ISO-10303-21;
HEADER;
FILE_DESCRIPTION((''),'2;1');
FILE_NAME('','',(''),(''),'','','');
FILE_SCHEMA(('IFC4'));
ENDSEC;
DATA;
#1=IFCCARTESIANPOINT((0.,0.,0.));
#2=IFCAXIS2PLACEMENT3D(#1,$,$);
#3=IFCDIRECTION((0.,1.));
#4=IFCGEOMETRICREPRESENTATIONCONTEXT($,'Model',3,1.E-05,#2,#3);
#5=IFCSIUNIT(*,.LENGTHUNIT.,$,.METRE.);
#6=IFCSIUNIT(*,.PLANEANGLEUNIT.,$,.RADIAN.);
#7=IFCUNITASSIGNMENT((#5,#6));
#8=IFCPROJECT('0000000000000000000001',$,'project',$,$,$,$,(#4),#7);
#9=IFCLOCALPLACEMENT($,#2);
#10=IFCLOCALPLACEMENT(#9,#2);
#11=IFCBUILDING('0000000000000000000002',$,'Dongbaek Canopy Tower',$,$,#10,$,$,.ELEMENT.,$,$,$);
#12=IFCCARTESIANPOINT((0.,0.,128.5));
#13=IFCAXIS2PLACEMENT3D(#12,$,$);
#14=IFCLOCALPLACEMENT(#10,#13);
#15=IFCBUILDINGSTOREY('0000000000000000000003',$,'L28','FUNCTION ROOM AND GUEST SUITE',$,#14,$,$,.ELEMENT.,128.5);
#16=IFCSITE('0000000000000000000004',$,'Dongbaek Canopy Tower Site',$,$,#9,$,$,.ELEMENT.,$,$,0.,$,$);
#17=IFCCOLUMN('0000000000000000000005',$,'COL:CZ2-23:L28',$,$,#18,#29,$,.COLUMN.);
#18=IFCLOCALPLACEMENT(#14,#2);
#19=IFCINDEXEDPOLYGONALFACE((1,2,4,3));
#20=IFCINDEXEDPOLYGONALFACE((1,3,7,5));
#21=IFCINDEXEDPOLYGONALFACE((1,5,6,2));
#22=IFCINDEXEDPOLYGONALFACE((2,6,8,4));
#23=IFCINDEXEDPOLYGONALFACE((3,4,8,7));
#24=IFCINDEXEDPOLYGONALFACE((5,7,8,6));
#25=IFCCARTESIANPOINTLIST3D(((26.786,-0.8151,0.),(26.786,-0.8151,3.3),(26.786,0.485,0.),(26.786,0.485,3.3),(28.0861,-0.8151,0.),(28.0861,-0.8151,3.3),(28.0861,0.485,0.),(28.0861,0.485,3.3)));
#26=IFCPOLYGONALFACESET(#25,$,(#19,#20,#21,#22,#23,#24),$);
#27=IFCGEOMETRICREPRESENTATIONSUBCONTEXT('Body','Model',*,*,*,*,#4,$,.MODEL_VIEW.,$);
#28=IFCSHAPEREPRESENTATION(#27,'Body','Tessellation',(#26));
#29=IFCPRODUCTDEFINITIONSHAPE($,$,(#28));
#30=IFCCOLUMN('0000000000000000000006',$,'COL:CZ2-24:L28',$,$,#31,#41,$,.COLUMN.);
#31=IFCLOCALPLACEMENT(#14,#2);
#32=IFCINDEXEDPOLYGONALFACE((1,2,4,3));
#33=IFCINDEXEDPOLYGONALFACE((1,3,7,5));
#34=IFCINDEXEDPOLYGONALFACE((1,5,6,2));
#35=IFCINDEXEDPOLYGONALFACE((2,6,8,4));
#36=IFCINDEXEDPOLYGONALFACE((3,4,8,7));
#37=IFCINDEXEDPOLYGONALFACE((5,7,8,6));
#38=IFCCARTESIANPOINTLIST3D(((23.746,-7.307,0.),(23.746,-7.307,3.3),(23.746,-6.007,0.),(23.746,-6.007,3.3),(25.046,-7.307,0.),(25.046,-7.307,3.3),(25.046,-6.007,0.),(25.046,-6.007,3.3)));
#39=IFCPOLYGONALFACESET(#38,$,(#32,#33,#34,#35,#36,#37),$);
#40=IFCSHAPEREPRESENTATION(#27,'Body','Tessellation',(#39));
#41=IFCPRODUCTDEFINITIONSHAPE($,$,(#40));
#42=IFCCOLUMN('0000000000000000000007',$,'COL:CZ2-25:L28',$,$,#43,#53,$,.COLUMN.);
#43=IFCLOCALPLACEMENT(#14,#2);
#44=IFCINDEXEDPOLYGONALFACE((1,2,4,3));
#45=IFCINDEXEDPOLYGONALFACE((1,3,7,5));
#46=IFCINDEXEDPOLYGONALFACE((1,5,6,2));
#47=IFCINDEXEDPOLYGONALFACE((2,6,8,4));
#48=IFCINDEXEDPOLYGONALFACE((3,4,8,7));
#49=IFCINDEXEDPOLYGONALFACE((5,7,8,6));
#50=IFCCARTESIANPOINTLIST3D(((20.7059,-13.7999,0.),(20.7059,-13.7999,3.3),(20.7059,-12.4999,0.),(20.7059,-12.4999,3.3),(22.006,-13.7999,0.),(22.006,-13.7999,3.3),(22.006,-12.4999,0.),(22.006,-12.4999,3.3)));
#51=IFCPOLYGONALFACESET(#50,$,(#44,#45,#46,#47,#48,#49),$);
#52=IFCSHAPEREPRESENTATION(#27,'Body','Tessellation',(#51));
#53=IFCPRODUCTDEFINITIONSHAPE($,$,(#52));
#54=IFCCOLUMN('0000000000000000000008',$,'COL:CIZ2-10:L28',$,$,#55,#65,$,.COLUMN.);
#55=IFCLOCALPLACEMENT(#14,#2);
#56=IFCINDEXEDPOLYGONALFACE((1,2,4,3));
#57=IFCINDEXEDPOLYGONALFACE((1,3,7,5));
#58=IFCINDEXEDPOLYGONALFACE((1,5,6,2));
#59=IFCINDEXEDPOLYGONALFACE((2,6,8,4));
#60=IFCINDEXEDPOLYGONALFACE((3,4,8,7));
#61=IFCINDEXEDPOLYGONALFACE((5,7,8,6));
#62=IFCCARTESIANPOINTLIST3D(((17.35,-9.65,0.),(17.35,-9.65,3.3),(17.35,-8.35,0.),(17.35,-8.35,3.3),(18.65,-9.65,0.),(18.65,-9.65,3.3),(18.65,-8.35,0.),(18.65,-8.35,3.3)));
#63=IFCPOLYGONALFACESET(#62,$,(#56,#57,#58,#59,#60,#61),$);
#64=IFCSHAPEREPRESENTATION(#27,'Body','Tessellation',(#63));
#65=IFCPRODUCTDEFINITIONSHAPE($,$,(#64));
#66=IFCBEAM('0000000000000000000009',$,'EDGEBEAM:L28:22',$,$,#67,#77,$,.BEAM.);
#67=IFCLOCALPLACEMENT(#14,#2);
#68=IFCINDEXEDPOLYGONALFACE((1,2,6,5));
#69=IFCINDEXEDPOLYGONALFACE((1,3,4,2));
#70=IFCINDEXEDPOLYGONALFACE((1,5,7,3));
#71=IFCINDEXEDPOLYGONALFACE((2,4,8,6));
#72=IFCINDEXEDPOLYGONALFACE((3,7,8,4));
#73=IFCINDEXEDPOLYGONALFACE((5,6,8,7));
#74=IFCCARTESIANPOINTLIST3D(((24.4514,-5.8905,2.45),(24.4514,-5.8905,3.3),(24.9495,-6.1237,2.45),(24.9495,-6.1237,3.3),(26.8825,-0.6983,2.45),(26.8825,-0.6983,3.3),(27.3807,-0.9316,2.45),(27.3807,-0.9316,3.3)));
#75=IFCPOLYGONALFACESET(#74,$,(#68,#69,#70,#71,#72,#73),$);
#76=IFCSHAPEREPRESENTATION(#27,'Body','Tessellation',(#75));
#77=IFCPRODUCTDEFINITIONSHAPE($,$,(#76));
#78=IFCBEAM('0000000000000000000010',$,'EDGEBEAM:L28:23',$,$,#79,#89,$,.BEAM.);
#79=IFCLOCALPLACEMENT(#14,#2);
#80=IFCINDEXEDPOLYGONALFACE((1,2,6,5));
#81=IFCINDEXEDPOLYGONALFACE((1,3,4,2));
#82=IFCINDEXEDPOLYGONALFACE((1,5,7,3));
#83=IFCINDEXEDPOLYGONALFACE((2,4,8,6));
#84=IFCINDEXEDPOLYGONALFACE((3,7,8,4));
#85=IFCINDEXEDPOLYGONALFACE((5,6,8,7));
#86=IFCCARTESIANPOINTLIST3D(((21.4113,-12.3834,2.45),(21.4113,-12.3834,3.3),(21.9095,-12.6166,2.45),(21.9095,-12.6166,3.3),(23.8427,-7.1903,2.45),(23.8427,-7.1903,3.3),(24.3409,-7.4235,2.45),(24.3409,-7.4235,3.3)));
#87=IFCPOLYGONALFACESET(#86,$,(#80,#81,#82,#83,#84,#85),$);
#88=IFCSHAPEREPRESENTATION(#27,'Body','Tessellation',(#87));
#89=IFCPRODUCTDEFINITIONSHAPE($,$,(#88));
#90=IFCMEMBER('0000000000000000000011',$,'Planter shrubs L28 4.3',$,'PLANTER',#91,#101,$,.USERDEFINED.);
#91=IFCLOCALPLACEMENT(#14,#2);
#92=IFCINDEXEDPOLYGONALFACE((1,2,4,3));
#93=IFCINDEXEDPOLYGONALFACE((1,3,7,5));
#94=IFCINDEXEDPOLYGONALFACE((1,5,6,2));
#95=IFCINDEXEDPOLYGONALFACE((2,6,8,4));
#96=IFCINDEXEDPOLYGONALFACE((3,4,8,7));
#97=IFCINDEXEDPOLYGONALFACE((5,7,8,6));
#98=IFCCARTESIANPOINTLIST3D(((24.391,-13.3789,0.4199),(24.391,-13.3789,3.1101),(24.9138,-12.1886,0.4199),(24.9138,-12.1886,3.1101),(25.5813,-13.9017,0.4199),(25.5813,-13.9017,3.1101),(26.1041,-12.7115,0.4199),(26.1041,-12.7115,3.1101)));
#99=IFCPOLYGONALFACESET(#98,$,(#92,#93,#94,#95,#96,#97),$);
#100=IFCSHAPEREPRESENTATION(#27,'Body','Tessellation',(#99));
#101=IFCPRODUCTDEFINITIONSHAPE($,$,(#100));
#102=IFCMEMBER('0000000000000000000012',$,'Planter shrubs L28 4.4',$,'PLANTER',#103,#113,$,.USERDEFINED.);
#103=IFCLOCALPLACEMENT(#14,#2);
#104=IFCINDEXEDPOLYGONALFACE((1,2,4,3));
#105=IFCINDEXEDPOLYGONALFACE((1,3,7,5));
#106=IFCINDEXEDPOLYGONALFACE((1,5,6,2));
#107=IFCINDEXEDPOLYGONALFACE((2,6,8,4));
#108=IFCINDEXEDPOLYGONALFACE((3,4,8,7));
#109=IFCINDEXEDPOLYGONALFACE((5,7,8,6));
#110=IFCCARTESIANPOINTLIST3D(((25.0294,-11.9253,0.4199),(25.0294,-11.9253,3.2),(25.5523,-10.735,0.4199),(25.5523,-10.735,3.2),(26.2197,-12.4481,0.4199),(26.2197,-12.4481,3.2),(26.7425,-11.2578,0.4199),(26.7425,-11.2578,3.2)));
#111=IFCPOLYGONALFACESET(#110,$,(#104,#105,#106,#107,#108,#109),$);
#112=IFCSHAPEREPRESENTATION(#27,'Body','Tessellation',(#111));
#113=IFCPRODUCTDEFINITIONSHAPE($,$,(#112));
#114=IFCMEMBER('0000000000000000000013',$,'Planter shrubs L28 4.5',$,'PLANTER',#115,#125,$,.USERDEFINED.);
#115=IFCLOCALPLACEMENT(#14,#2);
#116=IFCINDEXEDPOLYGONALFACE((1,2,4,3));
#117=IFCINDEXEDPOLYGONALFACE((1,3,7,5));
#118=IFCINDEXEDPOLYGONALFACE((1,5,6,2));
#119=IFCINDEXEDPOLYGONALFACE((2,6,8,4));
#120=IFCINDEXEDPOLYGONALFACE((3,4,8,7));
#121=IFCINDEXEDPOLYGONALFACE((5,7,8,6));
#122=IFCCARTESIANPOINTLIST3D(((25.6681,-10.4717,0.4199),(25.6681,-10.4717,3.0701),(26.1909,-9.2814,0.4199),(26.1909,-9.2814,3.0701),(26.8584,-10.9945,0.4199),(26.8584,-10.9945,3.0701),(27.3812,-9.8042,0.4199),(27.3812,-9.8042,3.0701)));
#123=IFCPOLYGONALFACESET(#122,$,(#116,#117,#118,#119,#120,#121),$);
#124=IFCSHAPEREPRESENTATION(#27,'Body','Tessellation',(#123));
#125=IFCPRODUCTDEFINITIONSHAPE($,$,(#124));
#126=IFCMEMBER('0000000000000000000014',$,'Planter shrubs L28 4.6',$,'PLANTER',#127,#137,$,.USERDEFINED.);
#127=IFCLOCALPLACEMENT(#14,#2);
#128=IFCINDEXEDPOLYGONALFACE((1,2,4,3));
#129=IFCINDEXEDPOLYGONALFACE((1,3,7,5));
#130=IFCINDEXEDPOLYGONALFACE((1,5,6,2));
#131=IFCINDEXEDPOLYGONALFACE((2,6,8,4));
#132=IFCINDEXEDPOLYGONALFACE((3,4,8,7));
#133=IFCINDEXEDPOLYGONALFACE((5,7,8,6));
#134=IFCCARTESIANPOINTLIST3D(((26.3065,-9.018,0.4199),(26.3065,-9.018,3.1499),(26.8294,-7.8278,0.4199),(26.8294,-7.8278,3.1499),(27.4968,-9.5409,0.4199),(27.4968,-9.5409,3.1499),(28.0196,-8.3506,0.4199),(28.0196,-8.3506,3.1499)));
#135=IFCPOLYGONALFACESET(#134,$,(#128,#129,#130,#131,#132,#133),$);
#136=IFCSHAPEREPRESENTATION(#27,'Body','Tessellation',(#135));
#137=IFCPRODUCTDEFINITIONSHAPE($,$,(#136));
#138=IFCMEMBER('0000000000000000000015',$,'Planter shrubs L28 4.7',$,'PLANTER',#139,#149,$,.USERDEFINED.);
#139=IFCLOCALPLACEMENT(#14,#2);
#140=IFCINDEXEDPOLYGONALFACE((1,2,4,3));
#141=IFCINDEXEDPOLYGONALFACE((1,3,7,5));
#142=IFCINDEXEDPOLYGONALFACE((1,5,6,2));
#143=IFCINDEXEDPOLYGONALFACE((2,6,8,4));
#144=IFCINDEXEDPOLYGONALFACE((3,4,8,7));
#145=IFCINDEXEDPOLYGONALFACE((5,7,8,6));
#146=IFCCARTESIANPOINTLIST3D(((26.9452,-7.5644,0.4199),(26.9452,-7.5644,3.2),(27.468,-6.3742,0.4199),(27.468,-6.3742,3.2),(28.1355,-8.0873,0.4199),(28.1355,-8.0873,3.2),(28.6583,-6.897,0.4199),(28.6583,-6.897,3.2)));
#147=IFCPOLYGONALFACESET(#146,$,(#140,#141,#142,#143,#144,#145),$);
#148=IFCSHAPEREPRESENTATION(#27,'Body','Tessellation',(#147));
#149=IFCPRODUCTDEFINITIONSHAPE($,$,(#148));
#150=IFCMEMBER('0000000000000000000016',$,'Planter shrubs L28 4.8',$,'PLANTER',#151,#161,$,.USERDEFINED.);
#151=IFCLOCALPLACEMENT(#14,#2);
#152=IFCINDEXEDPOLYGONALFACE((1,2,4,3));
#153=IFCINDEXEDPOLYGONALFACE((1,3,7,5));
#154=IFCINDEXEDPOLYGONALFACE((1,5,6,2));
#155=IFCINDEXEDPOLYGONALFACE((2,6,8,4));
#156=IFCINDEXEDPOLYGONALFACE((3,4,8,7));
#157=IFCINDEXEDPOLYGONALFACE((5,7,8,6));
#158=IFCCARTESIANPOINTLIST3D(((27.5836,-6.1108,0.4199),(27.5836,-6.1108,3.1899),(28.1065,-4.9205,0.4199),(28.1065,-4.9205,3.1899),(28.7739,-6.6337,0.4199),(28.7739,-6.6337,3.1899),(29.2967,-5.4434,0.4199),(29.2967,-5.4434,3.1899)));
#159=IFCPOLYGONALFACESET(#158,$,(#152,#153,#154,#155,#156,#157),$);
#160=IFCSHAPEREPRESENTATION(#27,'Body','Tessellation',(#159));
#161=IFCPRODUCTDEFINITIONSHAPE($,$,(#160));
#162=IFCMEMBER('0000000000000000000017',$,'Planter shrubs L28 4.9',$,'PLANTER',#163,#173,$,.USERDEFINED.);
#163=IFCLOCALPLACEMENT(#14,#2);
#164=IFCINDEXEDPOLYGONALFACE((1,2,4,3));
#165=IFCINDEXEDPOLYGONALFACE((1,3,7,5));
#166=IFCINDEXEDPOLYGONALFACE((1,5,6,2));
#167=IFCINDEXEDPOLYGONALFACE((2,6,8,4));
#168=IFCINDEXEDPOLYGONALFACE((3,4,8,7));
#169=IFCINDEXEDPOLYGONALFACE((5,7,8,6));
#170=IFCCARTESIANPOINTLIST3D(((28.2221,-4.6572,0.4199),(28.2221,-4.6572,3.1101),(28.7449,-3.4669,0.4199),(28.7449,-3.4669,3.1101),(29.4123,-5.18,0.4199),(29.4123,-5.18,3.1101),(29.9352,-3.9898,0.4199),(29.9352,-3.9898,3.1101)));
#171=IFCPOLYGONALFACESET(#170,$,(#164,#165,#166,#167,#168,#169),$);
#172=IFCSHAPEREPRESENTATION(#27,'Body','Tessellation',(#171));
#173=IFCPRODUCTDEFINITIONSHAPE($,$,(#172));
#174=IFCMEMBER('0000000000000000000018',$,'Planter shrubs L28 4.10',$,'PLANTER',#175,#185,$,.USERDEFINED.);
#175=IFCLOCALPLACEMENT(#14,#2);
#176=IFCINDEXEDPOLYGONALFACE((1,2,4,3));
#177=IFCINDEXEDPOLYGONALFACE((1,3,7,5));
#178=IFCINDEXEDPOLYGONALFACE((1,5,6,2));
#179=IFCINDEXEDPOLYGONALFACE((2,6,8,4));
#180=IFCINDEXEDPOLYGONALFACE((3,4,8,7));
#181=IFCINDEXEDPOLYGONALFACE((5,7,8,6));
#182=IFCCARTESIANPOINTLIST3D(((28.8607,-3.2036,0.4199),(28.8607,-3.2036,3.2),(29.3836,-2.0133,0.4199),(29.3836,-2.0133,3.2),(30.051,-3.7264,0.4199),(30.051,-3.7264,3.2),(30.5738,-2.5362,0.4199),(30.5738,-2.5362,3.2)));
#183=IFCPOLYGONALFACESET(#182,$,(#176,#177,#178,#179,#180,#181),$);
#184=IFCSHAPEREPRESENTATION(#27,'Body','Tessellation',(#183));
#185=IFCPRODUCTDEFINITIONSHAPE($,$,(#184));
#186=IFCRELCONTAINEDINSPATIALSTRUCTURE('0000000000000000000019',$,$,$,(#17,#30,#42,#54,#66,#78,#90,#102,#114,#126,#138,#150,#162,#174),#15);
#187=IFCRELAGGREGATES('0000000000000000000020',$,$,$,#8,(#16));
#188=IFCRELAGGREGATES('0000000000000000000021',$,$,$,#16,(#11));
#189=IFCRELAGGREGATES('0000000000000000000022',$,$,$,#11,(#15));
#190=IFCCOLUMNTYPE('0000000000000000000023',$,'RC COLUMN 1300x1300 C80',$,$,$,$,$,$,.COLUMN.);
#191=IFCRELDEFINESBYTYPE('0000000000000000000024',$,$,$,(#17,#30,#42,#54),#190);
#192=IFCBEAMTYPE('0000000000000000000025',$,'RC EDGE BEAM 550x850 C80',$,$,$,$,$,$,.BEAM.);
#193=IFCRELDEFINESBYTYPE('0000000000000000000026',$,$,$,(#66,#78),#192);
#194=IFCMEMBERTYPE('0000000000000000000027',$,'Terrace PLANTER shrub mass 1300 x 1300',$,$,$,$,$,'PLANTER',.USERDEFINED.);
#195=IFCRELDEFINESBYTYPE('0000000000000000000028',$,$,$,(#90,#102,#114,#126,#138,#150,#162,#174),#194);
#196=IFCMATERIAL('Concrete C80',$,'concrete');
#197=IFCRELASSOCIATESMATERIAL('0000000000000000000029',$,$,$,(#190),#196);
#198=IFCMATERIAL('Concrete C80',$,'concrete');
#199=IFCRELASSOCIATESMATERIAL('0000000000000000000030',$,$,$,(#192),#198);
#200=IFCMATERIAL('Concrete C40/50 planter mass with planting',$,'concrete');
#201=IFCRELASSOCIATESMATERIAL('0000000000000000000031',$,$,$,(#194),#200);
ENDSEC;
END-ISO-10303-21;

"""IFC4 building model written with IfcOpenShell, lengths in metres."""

from ifc_helpers import new_model, si_unit, direction, frame, origin, origin_2d, place, context, subcontext, project, spatial, rectangle, extrude, material, material_profile, profile_set, type_object, element, save


model = new_model("IFC4")

# Units and contexts
model_context = context("Model", 3, precision=1e-05, world=origin(), true_north=direction((0.0, 1.0)))
body_context = subcontext(model_context, "Body", "Model", "MODEL_VIEW")
ifc_project = project(units=[si_unit("LENGTHUNIT", "METRE"), si_unit("PLANEANGLEUNIT", "RADIAN")], contexts=[model_context])

# Site, building, storey
site_placement = place(None, origin())
site = spatial("IfcSite", under=ifc_project, at=site_placement, Name="Dongbaek Canopy Tower Site", CompositionType="ELEMENT", RefElevation=0.0)
building_placement = place(site_placement, origin())
building = spatial("IfcBuilding", under=site, at=building_placement, Name="Dongbaek Canopy Tower", CompositionType="ELEMENT")
storey_placement = place(building_placement, frame((0.0, 0.0, 128.5)))
storey = spatial("IfcBuildingStorey", under=building, at=storey_placement, Name="L28", Description="FUNCTION ROOM AND GUEST SUITE", CompositionType="ELEMENT", Elevation=128.5)

# Columns
ifc_material_1 = material(Name="Concrete C80", Category="concrete")
ifc_material_profile_1 = material_profile(ifc_material_1, rectangle(XDim=1.3, YDim=1.3, at=origin_2d()), Name="RC COLUMN 1300x1300 C80")
ifc_profile_set_1 = profile_set([ifc_material_profile_1], Name="Concrete C80")
column_type = type_object("IfcColumnType", Name="RC COLUMN 1300x1300 C80", PredefinedType="COLUMN", material=ifc_profile_set_1)
for number, where, z_axis, x_axis, name in (
    (1, (27.436, -0.165, 0.0), (0.0, 0.0, 1.0), (1.0, 0.0, 0.0), "COL:CZ2-23:L28"),
    (2, (24.396, -6.657, 0.0), (0.0, 0.0, 1.0), (1.0, 0.0, 0.0), "COL:CZ2-24:L28"),
    (3, (21.356, -13.1499, 0.0), (0.0, 0.0, 1.0), (1.0, 0.0, 0.0), "COL:CZ2-25:L28"),
    (4, (18.0, -9.0, 0.0), (0.0, 0.0, 1.0), (1.0, 0.0, 0.0), "COL:CIZ2-10:L28"),
):
    element("IfcColumn", number, at=place(storey_placement, frame(where, z_axis=z_axis, x_axis=x_axis)), inside=storey, type_object=column_type, Name=name, PredefinedType="COLUMN", context=body_context, shape_type="SweptSolid", body=[
        extrude(rectangle(XDim=1.3, YDim=1.3, at=origin_2d()), origin(), (0.0, 0.0, 1.0), 3.3),
    ])

# Beams
ifc_material_2 = material(Name="Concrete C80", Category="concrete")
ifc_material_profile_2 = material_profile(ifc_material_2, rectangle(XDim=0.55, YDim=0.8501, at=origin_2d()), Name="RC EDGE BEAM 550x850 C80")
ifc_profile_set_2 = profile_set([ifc_material_profile_2], Name="Concrete C80")
beam_type = type_object("IfcBeamType", Name="RC EDGE BEAM 550x850 C80", PredefinedType="BEAM", material=ifc_profile_set_2)
beam_1_placement = place(storey_placement, frame((27.1316, -0.8149, 2.875), z_axis=(-0.424053, -0.905637, 0.0), x_axis=(0.905637, -0.424053, 0.0)))
element("IfcBeam", 5, at=beam_1_placement, inside=storey, type_object=beam_type, Name="EDGEBEAM:L28:22", PredefinedType="BEAM", context=body_context, shape_type="SweptSolid", body=[
    extrude(rectangle(XDim=0.55, YDim=0.8501, at=origin_2d()), origin(), (0.0, 0.0, 1.0), 5.7332),
])
beam_2_placement = place(storey_placement, frame((24.0918, -7.3069, 2.875), z_axis=(-0.424023, -0.905652, 0.0), x_axis=(0.905652, -0.424023, 0.0)))
element("IfcBeam", 6, at=beam_2_placement, inside=storey, type_object=beam_type, Name="EDGEBEAM:L28:23", PredefinedType="BEAM", context=body_context, shape_type="SweptSolid", body=[
    extrude(rectangle(XDim=0.55, YDim=0.8501, at=origin_2d()), origin(), (0.0, 0.0, 1.0), 5.7341),
])

# Members
ifc_material_3 = material(Name="Concrete C40/50 planter mass with planting", Category="concrete")
ifc_material_profile_3 = material_profile(ifc_material_3, rectangle(XDim=1.3, YDim=1.3, at=origin_2d()), Name="Terrace PLANTER shrub mass 1300 x 1300")
ifc_profile_set_3 = profile_set([ifc_material_profile_3], Name="Concrete C40/50 planter mass with planting")
member_type = type_object("IfcMemberType", Name="Terrace PLANTER shrub mass 1300 x 1300", ElementType="PLANTER", PredefinedType="USERDEFINED", material=ifc_profile_set_3)
member_1_placement = place(storey_placement, frame((25.2476, -13.0452, 0.4199), z_axis=(0.0, 0.0, 1.0), x_axis=(0.915562, -0.402176, 0.0)))
element("IfcMember", 7, at=member_1_placement, inside=storey, type_object=member_type, Name="Planter shrubs L28 4.3", ObjectType="PLANTER", PredefinedType="USERDEFINED", context=body_context, shape_type="SweptSolid", body=[
    extrude(rectangle(XDim=1.3, YDim=1.3, at=origin_2d()), origin(), (0.0, 0.0, 1.0), 2.6902),
])
member_2_placement = place(storey_placement, frame((25.886, -11.5916, 0.4199), z_axis=(0.0, 0.0, 1.0), x_axis=(0.915562, -0.402176, 0.0)))
element("IfcMember", 8, at=member_2_placement, inside=storey, type_object=member_type, Name="Planter shrubs L28 4.4", ObjectType="PLANTER", PredefinedType="USERDEFINED", context=body_context, shape_type="SweptSolid", body=[
    extrude(rectangle(XDim=1.3, YDim=1.3, at=origin_2d()), origin(), (0.0, 0.0, 1.0), 2.78),
])
member_3_placement = place(storey_placement, frame((26.5247, -10.1379, 0.4199), z_axis=(0.0, 0.0, 1.0), x_axis=(0.915562, -0.402176, 0.0)))
element("IfcMember", 9, at=member_3_placement, inside=storey, type_object=member_type, Name="Planter shrubs L28 4.5", ObjectType="PLANTER", PredefinedType="USERDEFINED", context=body_context, shape_type="SweptSolid", body=[
    extrude(rectangle(XDim=1.3, YDim=1.3, at=origin_2d()), origin(), (0.0, 0.0, 1.0), 2.6501),
])
member_4_placement = place(storey_placement, frame((27.1631, -8.6843, 0.4199), z_axis=(0.0, 0.0, 1.0), x_axis=(0.915562, -0.402176, 0.0)))
element("IfcMember", 10, at=member_4_placement, inside=storey, type_object=member_type, Name="Planter shrubs L28 4.6", ObjectType="PLANTER", PredefinedType="USERDEFINED", context=body_context, shape_type="SweptSolid", body=[
    extrude(rectangle(XDim=1.3, YDim=1.3, at=origin_2d()), origin(), (0.0, 0.0, 1.0), 2.73),
])
member_5_placement = place(storey_placement, frame((27.8018, -7.2307, 0.4199), z_axis=(0.0, 0.0, 1.0), x_axis=(0.915562, -0.402176, 0.0)))
element("IfcMember", 11, at=member_5_placement, inside=storey, type_object=member_type, Name="Planter shrubs L28 4.7", ObjectType="PLANTER", PredefinedType="USERDEFINED", context=body_context, shape_type="SweptSolid", body=[
    extrude(rectangle(XDim=1.3, YDim=1.3, at=origin_2d()), origin(), (0.0, 0.0, 1.0), 2.78),
])
member_6_placement = place(storey_placement, frame((28.4402, -5.7771, 0.4199), z_axis=(0.0, 0.0, 1.0), x_axis=(0.915562, -0.402176, 0.0)))
element("IfcMember", 12, at=member_6_placement, inside=storey, type_object=member_type, Name="Planter shrubs L28 4.8", ObjectType="PLANTER", PredefinedType="USERDEFINED", context=body_context, shape_type="SweptSolid", body=[
    extrude(rectangle(XDim=1.3, YDim=1.3, at=origin_2d()), origin(), (0.0, 0.0, 1.0), 2.77),
])
member_7_placement = place(storey_placement, frame((29.0786, -4.3235, 0.4199), z_axis=(0.0, 0.0, 1.0), x_axis=(0.915562, -0.402176, 0.0)))
element("IfcMember", 13, at=member_7_placement, inside=storey, type_object=member_type, Name="Planter shrubs L28 4.9", ObjectType="PLANTER", PredefinedType="USERDEFINED", context=body_context, shape_type="SweptSolid", body=[
    extrude(rectangle(XDim=1.3, YDim=1.3, at=origin_2d()), origin(), (0.0, 0.0, 1.0), 2.6902),
])
member_8_placement = place(storey_placement, frame((29.7173, -2.8699, 0.4199), z_axis=(0.0, 0.0, 1.0), x_axis=(0.915562, -0.402176, 0.0)))
element("IfcMember", 14, at=member_8_placement, inside=storey, type_object=member_type, Name="Planter shrubs L28 4.10", ObjectType="PLANTER", PredefinedType="USERDEFINED", context=body_context, shape_type="SweptSolid", body=[
    extrude(rectangle(XDim=1.3, YDim=1.3, at=origin_2d()), origin(), (0.0, 0.0, 1.0), 2.78),
])

save(model, "model.ifc")
